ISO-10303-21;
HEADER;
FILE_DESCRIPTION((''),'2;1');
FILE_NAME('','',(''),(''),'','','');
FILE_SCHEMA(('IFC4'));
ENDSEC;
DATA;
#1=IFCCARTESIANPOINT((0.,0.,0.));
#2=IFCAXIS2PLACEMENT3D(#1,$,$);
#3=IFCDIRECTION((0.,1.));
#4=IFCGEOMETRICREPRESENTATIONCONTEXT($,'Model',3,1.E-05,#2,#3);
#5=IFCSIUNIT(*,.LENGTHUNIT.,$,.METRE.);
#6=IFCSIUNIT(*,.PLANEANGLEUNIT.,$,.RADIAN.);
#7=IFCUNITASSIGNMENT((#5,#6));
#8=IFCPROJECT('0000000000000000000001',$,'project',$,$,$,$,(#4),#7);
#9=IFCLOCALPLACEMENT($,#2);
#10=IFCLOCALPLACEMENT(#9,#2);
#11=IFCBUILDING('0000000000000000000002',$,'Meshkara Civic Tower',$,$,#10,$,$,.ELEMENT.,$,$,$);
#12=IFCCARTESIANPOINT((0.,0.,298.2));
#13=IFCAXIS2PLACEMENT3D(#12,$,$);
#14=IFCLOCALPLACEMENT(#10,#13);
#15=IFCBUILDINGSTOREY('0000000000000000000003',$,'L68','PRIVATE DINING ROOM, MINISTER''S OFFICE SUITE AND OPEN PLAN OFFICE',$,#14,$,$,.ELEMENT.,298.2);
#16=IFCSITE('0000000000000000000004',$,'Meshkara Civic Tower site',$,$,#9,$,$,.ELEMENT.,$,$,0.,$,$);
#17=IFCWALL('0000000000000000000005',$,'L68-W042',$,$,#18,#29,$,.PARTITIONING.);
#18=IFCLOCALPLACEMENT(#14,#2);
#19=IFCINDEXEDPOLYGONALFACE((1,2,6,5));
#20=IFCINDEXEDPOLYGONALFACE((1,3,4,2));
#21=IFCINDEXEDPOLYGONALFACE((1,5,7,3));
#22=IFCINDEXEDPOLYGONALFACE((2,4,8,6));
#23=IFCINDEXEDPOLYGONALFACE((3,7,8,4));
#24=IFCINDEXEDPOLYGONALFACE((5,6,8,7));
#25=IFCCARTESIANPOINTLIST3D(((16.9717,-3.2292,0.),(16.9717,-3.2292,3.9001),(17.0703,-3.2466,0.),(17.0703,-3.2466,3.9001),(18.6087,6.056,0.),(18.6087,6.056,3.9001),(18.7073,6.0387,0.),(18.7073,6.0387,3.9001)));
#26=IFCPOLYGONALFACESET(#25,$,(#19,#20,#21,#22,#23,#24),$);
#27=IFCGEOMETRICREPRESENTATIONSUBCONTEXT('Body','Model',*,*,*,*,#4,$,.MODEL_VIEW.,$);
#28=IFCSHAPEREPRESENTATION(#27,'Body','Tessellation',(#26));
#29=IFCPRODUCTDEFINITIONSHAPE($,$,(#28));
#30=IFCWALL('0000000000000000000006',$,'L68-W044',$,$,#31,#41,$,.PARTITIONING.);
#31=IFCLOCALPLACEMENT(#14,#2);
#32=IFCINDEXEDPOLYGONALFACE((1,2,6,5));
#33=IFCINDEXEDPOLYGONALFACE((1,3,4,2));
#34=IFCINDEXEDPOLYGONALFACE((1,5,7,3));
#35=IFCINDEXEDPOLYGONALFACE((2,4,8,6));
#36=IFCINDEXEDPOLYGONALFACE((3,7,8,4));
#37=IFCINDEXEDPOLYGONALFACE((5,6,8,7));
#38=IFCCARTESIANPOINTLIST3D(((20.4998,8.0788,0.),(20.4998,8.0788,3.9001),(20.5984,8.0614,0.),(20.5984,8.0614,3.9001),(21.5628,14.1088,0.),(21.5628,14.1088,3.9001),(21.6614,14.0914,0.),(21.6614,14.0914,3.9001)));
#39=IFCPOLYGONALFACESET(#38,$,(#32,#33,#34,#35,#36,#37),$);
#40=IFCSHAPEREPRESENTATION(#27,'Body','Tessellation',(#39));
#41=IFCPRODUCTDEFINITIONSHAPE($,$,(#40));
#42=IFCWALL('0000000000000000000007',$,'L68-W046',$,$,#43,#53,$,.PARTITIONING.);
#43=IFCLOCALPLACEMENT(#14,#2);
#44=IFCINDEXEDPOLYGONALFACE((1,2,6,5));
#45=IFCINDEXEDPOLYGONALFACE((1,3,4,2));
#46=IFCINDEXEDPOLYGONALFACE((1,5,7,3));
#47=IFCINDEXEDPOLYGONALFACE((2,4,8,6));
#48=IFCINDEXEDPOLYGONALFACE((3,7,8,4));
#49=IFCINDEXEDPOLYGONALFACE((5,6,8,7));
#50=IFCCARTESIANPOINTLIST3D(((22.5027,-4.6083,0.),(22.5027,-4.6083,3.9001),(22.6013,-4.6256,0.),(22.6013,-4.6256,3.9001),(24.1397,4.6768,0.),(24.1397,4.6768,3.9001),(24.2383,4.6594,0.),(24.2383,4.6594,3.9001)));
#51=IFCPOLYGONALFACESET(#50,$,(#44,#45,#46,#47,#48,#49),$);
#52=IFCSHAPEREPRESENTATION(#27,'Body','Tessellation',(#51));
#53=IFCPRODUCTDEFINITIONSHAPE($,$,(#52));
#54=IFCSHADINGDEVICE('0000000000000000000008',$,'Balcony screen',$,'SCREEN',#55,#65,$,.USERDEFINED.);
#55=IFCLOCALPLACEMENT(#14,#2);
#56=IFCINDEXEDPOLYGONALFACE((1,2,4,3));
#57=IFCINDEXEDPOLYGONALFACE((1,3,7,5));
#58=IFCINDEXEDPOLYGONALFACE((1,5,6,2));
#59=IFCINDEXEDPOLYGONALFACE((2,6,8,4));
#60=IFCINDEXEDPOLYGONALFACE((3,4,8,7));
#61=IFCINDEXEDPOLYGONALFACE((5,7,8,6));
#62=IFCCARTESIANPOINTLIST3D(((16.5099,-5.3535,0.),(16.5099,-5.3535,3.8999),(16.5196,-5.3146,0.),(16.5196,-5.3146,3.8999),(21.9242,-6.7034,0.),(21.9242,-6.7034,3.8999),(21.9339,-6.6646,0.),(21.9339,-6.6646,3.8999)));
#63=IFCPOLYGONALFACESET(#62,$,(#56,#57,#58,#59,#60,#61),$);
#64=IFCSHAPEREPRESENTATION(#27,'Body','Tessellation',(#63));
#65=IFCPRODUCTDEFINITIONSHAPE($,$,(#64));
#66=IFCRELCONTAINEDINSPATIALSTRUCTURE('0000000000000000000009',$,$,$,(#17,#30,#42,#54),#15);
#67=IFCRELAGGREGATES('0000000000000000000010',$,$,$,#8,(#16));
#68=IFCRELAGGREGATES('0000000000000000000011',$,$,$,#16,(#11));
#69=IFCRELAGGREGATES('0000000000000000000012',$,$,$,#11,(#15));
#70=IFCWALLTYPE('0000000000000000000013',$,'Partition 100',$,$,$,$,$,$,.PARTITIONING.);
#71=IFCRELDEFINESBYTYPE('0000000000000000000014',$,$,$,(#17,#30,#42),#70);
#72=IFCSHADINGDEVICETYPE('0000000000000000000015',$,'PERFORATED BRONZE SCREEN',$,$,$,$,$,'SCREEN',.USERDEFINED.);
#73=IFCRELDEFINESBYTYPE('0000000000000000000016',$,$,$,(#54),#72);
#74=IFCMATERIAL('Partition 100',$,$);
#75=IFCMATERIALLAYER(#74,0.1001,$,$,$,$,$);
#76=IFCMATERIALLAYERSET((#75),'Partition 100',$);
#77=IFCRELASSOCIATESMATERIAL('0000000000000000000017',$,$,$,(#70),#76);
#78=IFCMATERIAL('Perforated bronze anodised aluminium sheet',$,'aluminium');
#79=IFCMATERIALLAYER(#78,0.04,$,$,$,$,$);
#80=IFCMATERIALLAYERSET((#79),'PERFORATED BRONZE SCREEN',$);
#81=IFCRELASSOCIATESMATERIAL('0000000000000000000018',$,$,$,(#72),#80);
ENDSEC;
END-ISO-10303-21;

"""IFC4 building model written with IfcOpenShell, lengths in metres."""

from ifc_helpers import new_model, si_unit, direction, frame, frame_2d, origin, origin_2d, place, context, subcontext, project, spatial, rectangle, extrude, material, layer, layer_set, type_object, element, save


model = new_model("IFC4")

# Units and contexts
model_context = context("Model", 3, precision=1e-05, world=origin(), true_north=direction((0.0, 1.0)))
body_context = subcontext(model_context, "Body", "Model", "MODEL_VIEW")
ifc_project = project(units=[si_unit("LENGTHUNIT", "METRE"), si_unit("PLANEANGLEUNIT", "RADIAN")], contexts=[model_context])

# Site, building, storey
site_placement = place(None, origin())
site = spatial("IfcSite", under=ifc_project, at=site_placement, Name="Meshkara Civic Tower site", CompositionType="ELEMENT", RefElevation=0.0)
building_placement = place(site_placement, origin())
building = spatial("IfcBuilding", under=site, at=building_placement, Name="Meshkara Civic Tower", CompositionType="ELEMENT")
storey_placement = place(building_placement, frame((0.0, 0.0, 298.2)))
storey = spatial("IfcBuildingStorey", under=building, at=storey_placement, Name="L68", Description="PRIVATE DINING ROOM, MINISTER'S OFFICE SUITE AND OPEN PLAN OFFICE", CompositionType="ELEMENT", Elevation=298.2)

# Walls
ifc_material_1 = material(Name="Partition 100")
ifc_layer_1 = layer(ifc_material_1, 0.1001)
ifc_layer_set_1 = layer_set([ifc_layer_1], Name="Partition 100")
wall_type_1 = type_object("IfcWallType", Name="Partition 100", PredefinedType="PARTITIONING", material=ifc_layer_set_1)
wall_1_placement = place(storey_placement, frame((17.021, -3.238, 0.0), z_axis=(0.0, 0.0, 1.0), x_axis=(0.173621, 0.984812, 0.0)))
element("IfcWall", 1, at=wall_1_placement, inside=storey, type_object=wall_type_1, Name="L68-W042", PredefinedType="PARTITIONING", context=body_context, shape_type="SweptSolid", body=[
    extrude(rectangle(XDim=9.4285, YDim=0.1001, at=frame_2d((4.7144, 0.0))), origin(), (0.0, 0.0, 1.0), 3.9001),
])
wall_2_placement = place(storey_placement, frame((20.5491, 8.0701, 0.0), z_axis=(0.0, 0.0, 1.0), x_axis=(0.173606, 0.984815, 0.0)))
element("IfcWall", 2, at=wall_2_placement, inside=storey, type_object=wall_type_1, Name="L68-W044", PredefinedType="PARTITIONING", context=body_context, shape_type="SweptSolid", body=[
    extrude(rectangle(XDim=6.123, YDim=0.1001, at=frame_2d((3.0615, 0.0))), origin(), (0.0, 0.0, 1.0), 3.9001),
])
wall_3_placement = place(storey_placement, frame((22.552, -4.6169, 0.0), z_axis=(0.0, 0.0, 1.0), x_axis=(0.173626, 0.984812, 0.0)))
element("IfcWall", 3, at=wall_3_placement, inside=storey, type_object=wall_type_1, Name="L68-W046", PredefinedType="PARTITIONING", context=body_context, shape_type="SweptSolid", body=[
    extrude(rectangle(XDim=9.4282, YDim=0.1001, at=frame_2d((4.7141, 0.0))), origin(), (0.0, 0.0, 1.0), 3.9001),
])

# Shading device
ifc_material_2 = material(Name="Perforated bronze anodised aluminium sheet", Category="aluminium")
ifc_layer_2 = layer(ifc_material_2, 0.04)
ifc_layer_set_2 = layer_set([ifc_layer_2], Name="PERFORATED BRONZE SCREEN")
shading_device_type = type_object("IfcShadingDeviceType", Name="PERFORATED BRONZE SCREEN", ElementType="SCREEN", PredefinedType="USERDEFINED", material=ifc_layer_set_2)
shading_device_placement = place(storey_placement, frame((19.2219, -6.009, 0.0), z_axis=(0.0, 0.0, 1.0), x_axis=(0.970296, -0.241922, 0.0)))
element("IfcShadingDevice", 4, at=shading_device_placement, inside=storey, type_object=shading_device_type, Name="Balcony screen", ObjectType="SCREEN", PredefinedType="USERDEFINED", context=body_context, shape_type="SweptSolid", body=[
    extrude(rectangle(XDim=5.5801, YDim=0.04, at=origin_2d()), origin(), (0.0, 0.0, 1.0), 3.8999),
])

save(model, "model.ifc")
